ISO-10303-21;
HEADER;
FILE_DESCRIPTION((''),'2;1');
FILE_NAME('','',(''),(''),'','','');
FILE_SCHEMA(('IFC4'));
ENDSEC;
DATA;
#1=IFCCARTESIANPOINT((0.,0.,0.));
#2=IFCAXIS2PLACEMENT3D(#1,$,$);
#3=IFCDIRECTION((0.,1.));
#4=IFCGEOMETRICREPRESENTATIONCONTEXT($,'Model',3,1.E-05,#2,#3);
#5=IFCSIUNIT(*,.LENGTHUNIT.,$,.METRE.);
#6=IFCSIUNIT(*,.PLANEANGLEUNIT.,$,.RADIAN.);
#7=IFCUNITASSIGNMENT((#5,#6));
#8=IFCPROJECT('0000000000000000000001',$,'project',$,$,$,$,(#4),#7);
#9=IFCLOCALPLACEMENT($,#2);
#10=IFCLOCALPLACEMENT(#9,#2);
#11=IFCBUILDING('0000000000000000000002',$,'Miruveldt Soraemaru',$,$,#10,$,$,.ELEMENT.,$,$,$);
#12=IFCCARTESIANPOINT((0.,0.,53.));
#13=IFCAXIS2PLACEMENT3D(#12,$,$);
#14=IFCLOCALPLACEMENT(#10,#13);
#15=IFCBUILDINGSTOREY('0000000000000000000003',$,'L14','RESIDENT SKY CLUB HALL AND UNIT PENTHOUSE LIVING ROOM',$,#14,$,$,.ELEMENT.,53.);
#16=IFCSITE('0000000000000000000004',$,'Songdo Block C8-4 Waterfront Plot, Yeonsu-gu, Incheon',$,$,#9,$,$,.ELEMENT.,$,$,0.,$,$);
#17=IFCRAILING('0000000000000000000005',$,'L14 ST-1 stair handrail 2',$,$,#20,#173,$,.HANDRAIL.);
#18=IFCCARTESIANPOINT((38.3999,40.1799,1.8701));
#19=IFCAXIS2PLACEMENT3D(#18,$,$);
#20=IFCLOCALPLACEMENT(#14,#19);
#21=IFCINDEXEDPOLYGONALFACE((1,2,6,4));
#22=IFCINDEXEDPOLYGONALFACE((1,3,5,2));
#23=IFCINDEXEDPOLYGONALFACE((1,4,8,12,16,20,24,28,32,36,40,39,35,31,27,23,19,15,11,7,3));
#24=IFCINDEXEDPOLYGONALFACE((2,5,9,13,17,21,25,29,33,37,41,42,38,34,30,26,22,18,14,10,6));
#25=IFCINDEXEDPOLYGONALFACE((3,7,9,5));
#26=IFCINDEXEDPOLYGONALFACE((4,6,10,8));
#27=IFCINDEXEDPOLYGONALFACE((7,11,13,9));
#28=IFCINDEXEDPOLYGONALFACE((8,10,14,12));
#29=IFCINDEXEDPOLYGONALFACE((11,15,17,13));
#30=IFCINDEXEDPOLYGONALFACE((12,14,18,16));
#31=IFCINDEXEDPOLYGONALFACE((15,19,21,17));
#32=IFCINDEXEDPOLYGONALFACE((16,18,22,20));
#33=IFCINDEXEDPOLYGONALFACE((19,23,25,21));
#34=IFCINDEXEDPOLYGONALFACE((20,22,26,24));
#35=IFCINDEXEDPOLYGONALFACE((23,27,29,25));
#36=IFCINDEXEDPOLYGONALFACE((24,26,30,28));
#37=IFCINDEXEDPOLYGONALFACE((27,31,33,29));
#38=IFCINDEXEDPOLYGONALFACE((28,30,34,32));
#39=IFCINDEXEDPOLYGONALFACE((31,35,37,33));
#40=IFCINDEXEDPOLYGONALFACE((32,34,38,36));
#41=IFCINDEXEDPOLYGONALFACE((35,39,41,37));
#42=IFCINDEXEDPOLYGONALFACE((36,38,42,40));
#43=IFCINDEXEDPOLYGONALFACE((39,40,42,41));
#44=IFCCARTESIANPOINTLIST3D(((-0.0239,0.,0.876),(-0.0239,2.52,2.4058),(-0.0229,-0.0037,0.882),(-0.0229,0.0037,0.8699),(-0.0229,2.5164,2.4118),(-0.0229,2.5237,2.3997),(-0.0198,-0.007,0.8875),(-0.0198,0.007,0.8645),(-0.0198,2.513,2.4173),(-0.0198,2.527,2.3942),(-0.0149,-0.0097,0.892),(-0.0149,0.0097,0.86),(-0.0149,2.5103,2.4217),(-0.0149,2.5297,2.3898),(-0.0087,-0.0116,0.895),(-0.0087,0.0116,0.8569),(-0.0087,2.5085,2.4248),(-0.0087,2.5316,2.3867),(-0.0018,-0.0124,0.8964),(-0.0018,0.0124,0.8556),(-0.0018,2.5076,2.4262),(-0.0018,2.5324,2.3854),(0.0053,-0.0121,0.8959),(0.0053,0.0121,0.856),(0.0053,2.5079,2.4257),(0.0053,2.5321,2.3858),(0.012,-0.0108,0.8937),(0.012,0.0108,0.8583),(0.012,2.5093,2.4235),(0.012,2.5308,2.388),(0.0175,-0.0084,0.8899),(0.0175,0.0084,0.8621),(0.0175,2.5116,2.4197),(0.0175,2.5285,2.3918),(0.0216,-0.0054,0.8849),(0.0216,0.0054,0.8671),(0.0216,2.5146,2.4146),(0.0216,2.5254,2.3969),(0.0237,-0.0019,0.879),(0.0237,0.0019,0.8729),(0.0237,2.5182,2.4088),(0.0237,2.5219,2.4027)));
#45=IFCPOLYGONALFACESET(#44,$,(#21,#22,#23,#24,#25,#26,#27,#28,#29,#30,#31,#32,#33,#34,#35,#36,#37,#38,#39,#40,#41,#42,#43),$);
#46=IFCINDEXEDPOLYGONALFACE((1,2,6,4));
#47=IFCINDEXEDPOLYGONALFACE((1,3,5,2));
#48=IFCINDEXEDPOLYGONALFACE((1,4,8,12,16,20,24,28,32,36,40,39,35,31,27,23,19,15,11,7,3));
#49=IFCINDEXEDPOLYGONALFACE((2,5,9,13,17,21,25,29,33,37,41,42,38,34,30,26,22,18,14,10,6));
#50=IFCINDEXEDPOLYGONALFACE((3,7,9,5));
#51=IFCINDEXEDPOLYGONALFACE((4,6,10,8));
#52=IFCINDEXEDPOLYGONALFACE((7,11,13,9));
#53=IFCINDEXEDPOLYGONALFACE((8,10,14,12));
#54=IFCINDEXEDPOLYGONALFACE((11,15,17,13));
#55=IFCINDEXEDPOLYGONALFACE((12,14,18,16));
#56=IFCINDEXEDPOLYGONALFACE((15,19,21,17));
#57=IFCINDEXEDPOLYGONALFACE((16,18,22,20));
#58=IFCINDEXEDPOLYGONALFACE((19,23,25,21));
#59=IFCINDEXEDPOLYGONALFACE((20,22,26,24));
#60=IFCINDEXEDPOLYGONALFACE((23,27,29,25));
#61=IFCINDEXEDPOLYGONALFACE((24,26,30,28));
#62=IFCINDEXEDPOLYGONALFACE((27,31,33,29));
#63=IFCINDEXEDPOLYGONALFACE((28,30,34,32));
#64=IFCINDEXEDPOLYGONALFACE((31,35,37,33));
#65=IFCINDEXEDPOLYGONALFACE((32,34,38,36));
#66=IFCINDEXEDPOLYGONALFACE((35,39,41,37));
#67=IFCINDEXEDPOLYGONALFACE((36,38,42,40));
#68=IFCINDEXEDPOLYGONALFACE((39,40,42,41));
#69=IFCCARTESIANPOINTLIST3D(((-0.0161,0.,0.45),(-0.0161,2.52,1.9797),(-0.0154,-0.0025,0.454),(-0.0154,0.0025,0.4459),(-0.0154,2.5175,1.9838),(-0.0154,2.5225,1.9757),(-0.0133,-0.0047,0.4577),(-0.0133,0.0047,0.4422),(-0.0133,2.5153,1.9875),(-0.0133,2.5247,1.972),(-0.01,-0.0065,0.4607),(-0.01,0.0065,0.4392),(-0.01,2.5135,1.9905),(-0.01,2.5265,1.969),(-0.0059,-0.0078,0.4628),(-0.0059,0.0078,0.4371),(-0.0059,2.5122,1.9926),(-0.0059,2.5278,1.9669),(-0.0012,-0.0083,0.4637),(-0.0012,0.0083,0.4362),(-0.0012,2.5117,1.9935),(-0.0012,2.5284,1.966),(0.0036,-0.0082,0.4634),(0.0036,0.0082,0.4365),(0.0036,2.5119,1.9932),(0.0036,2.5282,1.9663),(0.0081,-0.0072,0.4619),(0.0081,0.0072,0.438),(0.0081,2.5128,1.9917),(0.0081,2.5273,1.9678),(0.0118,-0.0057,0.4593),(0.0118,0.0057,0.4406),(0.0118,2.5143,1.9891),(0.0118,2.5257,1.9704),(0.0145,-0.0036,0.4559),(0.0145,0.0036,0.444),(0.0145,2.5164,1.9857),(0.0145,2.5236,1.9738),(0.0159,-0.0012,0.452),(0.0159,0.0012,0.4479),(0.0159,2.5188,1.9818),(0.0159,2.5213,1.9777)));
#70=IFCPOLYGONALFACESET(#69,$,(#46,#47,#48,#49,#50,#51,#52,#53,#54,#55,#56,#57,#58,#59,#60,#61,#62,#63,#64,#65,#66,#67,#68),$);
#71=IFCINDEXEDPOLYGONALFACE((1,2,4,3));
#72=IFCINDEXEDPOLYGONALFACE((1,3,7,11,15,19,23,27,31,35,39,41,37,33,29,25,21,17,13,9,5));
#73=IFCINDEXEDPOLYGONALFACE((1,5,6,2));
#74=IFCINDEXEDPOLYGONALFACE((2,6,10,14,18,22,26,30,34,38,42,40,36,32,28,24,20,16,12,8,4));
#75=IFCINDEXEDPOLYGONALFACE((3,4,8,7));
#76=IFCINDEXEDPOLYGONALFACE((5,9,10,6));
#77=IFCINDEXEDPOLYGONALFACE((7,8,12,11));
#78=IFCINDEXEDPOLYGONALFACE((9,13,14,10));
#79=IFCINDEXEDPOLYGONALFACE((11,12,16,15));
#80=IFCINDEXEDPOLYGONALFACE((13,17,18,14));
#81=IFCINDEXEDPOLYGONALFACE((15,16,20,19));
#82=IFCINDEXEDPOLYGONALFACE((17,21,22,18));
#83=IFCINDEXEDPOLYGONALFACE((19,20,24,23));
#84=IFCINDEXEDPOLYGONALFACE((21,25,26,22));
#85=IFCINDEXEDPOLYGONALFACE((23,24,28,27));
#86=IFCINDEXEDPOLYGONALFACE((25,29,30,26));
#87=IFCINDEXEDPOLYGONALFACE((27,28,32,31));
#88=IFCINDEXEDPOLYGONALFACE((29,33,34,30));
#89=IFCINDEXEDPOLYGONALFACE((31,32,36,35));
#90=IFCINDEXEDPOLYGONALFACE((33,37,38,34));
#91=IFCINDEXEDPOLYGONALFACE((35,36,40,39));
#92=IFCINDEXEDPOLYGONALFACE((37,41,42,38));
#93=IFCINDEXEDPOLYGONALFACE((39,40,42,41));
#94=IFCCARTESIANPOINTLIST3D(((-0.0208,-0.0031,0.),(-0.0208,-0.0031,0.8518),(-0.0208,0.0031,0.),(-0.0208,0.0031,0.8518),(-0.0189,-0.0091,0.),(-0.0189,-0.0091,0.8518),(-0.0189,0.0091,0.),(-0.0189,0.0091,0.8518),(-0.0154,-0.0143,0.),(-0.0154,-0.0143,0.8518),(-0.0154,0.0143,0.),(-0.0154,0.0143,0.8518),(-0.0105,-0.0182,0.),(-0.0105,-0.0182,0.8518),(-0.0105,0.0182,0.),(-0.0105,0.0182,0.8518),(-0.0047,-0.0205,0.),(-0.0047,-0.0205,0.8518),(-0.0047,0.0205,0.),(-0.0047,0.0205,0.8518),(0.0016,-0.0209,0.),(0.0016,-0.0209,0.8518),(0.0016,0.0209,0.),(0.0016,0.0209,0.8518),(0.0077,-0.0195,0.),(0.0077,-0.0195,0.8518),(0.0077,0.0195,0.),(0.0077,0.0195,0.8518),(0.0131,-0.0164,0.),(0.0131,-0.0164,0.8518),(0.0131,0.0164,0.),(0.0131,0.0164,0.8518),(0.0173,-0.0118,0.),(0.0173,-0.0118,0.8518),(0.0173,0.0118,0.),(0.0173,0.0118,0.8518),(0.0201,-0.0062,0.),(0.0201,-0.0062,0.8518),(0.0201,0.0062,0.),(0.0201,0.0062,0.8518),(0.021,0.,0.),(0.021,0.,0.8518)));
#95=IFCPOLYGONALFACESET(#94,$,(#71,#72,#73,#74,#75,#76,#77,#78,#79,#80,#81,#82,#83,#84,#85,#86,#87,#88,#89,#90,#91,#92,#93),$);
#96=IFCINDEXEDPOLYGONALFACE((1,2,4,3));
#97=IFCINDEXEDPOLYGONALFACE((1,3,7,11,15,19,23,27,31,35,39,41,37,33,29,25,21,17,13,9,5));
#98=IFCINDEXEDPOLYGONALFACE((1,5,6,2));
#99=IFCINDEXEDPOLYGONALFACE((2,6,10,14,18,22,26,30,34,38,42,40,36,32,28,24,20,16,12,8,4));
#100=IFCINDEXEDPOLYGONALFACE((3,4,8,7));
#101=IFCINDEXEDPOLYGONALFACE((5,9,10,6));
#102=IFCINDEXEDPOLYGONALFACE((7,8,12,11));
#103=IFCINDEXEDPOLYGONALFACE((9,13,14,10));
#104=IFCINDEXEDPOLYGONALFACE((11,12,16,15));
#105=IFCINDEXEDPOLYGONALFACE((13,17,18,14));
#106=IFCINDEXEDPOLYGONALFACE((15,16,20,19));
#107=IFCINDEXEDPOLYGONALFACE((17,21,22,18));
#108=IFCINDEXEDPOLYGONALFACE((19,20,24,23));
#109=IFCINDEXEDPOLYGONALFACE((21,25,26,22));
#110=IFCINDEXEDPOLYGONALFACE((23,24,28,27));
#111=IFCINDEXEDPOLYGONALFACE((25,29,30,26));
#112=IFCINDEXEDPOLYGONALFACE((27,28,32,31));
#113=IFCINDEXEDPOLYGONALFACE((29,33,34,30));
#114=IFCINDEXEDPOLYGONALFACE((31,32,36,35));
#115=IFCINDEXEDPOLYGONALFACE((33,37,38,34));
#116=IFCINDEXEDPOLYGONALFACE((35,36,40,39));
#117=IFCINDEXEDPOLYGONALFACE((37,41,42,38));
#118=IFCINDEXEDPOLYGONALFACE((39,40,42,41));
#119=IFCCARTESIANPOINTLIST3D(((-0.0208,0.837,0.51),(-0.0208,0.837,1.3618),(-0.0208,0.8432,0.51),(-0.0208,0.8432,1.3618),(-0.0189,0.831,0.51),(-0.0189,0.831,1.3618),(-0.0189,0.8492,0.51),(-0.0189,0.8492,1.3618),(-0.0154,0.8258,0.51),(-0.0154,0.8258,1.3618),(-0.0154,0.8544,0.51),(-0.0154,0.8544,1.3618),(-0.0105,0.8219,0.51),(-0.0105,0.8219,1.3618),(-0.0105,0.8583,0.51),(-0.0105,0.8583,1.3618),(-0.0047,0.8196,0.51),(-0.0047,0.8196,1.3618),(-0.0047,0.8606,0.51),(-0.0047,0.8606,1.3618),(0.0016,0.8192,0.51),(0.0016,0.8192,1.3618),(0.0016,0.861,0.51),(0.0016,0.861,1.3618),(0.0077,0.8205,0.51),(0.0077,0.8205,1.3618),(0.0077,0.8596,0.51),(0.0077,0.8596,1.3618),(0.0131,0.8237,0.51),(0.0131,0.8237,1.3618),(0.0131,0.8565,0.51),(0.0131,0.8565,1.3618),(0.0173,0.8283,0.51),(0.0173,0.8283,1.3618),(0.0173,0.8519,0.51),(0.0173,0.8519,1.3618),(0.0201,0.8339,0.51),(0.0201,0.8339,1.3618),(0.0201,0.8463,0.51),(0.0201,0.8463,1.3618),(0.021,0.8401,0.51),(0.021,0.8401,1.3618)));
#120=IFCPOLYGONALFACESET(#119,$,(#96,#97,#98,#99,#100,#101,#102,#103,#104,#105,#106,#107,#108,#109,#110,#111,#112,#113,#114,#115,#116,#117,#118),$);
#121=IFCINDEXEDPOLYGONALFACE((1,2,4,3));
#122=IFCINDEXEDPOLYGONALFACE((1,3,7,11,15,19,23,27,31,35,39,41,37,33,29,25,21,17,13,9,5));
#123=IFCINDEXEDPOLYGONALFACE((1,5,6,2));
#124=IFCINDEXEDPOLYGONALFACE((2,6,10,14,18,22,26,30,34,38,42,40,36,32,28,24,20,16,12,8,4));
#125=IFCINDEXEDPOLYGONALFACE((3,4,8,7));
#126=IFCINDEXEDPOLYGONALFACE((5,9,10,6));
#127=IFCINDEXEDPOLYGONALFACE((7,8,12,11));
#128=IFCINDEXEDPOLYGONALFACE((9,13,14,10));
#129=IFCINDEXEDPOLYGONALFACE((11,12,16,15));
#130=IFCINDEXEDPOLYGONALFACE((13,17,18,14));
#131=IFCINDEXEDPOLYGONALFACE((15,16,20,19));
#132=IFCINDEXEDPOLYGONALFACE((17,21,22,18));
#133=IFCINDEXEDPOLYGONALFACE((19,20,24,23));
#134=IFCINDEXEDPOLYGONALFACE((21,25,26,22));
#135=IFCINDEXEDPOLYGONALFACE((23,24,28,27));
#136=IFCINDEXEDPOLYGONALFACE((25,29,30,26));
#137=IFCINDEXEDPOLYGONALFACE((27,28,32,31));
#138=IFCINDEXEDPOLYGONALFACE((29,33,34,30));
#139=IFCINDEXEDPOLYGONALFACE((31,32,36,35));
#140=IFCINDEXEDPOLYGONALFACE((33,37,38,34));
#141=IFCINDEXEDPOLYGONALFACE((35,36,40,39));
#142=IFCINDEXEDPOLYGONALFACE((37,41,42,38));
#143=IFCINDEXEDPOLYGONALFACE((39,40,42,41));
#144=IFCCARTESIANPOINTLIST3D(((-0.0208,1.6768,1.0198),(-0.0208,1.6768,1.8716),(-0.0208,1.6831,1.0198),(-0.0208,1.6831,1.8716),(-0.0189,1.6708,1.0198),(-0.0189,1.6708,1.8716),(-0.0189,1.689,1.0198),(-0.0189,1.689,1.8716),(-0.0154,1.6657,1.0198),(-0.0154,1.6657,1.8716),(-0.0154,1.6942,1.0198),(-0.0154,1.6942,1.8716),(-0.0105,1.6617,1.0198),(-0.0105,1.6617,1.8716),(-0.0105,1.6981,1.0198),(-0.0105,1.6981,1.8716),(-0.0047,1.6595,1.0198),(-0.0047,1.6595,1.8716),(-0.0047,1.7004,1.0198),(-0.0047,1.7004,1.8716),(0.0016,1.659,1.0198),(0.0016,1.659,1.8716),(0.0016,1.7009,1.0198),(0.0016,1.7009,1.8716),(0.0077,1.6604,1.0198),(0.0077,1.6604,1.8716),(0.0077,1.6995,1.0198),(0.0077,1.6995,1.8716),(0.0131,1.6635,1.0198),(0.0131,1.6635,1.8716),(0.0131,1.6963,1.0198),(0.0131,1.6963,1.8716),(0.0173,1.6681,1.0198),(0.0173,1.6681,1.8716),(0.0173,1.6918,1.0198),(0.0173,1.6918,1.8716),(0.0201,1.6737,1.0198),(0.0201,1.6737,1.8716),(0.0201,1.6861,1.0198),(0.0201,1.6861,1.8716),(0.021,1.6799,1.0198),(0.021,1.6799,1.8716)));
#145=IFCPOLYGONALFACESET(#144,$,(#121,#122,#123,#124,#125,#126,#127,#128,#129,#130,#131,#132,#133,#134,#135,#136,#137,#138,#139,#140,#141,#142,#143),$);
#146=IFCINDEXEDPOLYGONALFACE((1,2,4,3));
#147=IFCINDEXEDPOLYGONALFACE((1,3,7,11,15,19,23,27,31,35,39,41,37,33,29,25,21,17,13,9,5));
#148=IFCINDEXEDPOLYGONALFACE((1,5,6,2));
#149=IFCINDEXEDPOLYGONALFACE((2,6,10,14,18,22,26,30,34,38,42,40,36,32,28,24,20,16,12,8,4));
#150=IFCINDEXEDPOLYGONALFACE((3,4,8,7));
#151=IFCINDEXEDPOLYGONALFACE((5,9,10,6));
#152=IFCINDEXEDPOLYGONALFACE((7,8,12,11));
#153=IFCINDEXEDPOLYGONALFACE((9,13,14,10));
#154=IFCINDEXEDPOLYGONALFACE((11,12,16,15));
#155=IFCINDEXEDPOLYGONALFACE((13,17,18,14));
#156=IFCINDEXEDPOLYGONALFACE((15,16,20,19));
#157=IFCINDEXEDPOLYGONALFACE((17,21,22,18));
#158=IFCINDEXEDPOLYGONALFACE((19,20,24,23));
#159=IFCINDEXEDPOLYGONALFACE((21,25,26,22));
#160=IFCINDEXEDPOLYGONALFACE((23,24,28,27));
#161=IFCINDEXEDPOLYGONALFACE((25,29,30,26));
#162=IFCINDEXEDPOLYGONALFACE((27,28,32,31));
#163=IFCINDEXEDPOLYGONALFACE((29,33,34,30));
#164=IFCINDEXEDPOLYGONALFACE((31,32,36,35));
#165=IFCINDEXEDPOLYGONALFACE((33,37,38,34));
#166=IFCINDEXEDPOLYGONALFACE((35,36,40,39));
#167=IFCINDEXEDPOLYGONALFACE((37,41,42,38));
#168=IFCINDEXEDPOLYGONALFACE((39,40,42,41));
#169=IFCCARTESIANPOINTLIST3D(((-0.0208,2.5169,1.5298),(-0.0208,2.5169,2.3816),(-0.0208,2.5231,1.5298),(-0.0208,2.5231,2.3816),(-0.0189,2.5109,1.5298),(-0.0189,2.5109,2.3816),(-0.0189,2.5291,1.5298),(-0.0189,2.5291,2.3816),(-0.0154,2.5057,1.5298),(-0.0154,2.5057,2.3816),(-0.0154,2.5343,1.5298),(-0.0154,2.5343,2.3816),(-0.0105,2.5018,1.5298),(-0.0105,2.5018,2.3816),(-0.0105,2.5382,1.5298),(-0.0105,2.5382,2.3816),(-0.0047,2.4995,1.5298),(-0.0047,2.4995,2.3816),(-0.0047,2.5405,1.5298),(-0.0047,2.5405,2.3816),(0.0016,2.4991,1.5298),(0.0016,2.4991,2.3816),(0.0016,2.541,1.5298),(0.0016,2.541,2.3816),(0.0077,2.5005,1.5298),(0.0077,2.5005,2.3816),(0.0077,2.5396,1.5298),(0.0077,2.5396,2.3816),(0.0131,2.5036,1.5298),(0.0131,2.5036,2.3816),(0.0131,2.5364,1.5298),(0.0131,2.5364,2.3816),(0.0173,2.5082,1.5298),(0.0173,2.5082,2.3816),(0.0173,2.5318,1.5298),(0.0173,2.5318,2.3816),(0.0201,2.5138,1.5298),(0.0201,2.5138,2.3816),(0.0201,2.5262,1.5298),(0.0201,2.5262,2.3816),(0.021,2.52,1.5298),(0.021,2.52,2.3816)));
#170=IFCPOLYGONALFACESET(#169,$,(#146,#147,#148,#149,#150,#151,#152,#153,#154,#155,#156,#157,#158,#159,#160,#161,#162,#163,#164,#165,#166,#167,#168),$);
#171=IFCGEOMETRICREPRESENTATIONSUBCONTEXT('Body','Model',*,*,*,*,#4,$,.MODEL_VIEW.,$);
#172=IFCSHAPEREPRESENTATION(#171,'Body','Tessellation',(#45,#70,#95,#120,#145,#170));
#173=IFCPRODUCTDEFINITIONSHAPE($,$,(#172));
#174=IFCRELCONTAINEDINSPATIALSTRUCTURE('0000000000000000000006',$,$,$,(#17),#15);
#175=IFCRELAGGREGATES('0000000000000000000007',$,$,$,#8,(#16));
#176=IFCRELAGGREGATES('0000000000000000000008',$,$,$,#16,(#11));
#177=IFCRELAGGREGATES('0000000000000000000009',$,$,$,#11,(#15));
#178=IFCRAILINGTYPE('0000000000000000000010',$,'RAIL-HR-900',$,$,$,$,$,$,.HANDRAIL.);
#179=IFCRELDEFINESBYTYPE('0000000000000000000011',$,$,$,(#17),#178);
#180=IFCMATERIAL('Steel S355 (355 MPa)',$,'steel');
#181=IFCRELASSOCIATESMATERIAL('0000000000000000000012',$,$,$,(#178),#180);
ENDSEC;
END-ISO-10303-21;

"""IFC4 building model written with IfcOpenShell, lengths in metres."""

from ifc_helpers import new_model, si_unit, direction, frame, origin, origin_2d, place, context, subcontext, project, spatial, circle, extrude, material, type_object, element, save


model = new_model("IFC4")

# Units and contexts
model_context = context("Model", 3, precision=1e-05, world=origin(), true_north=direction((0.0, 1.0)))
body_context = subcontext(model_context, "Body", "Model", "MODEL_VIEW")
ifc_project = project(units=[si_unit("LENGTHUNIT", "METRE"), si_unit("PLANEANGLEUNIT", "RADIAN")], contexts=[model_context])

# Site, building, storey
site_placement = place(None, origin())
site = spatial("IfcSite", under=ifc_project, at=site_placement, Name="Songdo Block C8-4 Waterfront Plot, Yeonsu-gu, Incheon", CompositionType="ELEMENT", RefElevation=0.0)
building_placement = place(site_placement, origin())
building = spatial("IfcBuilding", under=site, at=building_placement, Name="Miruveldt Soraemaru", CompositionType="ELEMENT")
storey_placement = place(building_placement, frame((0.0, 0.0, 53.0)))
storey = spatial("IfcBuildingStorey", under=building, at=storey_placement, Name="L14", Description="RESIDENT SKY CLUB HALL AND UNIT PENTHOUSE LIVING ROOM", CompositionType="ELEMENT", Elevation=53.0)

# Railing
ifc_material_1 = material(Name="Steel S355 (355 MPa)", Category="steel")
railing_type_1 = type_object("IfcRailingType", Name="RAIL-HR-900", PredefinedType="HANDRAIL", material=ifc_material_1)
railing_1_placement = place(storey_placement, frame((38.3999, 40.1799, 1.8701)))
element("IfcRailing", 1, at=railing_1_placement, inside=storey, type_object=railing_type_1, Name="L14 ST-1 stair handrail 2", PredefinedType="HANDRAIL", context=body_context, shape_type="SweptSolid", body=[
    extrude(circle(Radius=0.0239, at=origin_2d()), frame((0.0, 0.0, 0.876), z_axis=(0.0, 0.854822, 0.518922), x_axis=(-1.0, 0.0, 0.0)), (0.0, 0.0, 1.0), 2.948),
    extrude(circle(Radius=0.0161, at=origin_2d()), frame((0.0, 0.0, 0.45), z_axis=(0.0, 0.854822, 0.518922), x_axis=(-1.0, 0.0, 0.0)), (0.0, 0.0, 1.0), 2.948),
    extrude(circle(Radius=0.021, at=origin_2d()), origin(), (0.0, 0.0, 1.0), 0.8518),
    extrude(circle(Radius=0.021, at=origin_2d()), frame((0.0, 0.8401, 0.51)), (0.0, 0.0, 1.0), 0.8518),
    extrude(circle(Radius=0.021, at=origin_2d()), frame((0.0, 1.6799, 1.0198)), (0.0, 0.0, 1.0), 0.8518),
    extrude(circle(Radius=0.021, at=origin_2d()), frame((0.0, 2.52, 1.5298)), (0.0, 0.0, 1.0), 0.8518),
])

save(model, "model.ifc")
